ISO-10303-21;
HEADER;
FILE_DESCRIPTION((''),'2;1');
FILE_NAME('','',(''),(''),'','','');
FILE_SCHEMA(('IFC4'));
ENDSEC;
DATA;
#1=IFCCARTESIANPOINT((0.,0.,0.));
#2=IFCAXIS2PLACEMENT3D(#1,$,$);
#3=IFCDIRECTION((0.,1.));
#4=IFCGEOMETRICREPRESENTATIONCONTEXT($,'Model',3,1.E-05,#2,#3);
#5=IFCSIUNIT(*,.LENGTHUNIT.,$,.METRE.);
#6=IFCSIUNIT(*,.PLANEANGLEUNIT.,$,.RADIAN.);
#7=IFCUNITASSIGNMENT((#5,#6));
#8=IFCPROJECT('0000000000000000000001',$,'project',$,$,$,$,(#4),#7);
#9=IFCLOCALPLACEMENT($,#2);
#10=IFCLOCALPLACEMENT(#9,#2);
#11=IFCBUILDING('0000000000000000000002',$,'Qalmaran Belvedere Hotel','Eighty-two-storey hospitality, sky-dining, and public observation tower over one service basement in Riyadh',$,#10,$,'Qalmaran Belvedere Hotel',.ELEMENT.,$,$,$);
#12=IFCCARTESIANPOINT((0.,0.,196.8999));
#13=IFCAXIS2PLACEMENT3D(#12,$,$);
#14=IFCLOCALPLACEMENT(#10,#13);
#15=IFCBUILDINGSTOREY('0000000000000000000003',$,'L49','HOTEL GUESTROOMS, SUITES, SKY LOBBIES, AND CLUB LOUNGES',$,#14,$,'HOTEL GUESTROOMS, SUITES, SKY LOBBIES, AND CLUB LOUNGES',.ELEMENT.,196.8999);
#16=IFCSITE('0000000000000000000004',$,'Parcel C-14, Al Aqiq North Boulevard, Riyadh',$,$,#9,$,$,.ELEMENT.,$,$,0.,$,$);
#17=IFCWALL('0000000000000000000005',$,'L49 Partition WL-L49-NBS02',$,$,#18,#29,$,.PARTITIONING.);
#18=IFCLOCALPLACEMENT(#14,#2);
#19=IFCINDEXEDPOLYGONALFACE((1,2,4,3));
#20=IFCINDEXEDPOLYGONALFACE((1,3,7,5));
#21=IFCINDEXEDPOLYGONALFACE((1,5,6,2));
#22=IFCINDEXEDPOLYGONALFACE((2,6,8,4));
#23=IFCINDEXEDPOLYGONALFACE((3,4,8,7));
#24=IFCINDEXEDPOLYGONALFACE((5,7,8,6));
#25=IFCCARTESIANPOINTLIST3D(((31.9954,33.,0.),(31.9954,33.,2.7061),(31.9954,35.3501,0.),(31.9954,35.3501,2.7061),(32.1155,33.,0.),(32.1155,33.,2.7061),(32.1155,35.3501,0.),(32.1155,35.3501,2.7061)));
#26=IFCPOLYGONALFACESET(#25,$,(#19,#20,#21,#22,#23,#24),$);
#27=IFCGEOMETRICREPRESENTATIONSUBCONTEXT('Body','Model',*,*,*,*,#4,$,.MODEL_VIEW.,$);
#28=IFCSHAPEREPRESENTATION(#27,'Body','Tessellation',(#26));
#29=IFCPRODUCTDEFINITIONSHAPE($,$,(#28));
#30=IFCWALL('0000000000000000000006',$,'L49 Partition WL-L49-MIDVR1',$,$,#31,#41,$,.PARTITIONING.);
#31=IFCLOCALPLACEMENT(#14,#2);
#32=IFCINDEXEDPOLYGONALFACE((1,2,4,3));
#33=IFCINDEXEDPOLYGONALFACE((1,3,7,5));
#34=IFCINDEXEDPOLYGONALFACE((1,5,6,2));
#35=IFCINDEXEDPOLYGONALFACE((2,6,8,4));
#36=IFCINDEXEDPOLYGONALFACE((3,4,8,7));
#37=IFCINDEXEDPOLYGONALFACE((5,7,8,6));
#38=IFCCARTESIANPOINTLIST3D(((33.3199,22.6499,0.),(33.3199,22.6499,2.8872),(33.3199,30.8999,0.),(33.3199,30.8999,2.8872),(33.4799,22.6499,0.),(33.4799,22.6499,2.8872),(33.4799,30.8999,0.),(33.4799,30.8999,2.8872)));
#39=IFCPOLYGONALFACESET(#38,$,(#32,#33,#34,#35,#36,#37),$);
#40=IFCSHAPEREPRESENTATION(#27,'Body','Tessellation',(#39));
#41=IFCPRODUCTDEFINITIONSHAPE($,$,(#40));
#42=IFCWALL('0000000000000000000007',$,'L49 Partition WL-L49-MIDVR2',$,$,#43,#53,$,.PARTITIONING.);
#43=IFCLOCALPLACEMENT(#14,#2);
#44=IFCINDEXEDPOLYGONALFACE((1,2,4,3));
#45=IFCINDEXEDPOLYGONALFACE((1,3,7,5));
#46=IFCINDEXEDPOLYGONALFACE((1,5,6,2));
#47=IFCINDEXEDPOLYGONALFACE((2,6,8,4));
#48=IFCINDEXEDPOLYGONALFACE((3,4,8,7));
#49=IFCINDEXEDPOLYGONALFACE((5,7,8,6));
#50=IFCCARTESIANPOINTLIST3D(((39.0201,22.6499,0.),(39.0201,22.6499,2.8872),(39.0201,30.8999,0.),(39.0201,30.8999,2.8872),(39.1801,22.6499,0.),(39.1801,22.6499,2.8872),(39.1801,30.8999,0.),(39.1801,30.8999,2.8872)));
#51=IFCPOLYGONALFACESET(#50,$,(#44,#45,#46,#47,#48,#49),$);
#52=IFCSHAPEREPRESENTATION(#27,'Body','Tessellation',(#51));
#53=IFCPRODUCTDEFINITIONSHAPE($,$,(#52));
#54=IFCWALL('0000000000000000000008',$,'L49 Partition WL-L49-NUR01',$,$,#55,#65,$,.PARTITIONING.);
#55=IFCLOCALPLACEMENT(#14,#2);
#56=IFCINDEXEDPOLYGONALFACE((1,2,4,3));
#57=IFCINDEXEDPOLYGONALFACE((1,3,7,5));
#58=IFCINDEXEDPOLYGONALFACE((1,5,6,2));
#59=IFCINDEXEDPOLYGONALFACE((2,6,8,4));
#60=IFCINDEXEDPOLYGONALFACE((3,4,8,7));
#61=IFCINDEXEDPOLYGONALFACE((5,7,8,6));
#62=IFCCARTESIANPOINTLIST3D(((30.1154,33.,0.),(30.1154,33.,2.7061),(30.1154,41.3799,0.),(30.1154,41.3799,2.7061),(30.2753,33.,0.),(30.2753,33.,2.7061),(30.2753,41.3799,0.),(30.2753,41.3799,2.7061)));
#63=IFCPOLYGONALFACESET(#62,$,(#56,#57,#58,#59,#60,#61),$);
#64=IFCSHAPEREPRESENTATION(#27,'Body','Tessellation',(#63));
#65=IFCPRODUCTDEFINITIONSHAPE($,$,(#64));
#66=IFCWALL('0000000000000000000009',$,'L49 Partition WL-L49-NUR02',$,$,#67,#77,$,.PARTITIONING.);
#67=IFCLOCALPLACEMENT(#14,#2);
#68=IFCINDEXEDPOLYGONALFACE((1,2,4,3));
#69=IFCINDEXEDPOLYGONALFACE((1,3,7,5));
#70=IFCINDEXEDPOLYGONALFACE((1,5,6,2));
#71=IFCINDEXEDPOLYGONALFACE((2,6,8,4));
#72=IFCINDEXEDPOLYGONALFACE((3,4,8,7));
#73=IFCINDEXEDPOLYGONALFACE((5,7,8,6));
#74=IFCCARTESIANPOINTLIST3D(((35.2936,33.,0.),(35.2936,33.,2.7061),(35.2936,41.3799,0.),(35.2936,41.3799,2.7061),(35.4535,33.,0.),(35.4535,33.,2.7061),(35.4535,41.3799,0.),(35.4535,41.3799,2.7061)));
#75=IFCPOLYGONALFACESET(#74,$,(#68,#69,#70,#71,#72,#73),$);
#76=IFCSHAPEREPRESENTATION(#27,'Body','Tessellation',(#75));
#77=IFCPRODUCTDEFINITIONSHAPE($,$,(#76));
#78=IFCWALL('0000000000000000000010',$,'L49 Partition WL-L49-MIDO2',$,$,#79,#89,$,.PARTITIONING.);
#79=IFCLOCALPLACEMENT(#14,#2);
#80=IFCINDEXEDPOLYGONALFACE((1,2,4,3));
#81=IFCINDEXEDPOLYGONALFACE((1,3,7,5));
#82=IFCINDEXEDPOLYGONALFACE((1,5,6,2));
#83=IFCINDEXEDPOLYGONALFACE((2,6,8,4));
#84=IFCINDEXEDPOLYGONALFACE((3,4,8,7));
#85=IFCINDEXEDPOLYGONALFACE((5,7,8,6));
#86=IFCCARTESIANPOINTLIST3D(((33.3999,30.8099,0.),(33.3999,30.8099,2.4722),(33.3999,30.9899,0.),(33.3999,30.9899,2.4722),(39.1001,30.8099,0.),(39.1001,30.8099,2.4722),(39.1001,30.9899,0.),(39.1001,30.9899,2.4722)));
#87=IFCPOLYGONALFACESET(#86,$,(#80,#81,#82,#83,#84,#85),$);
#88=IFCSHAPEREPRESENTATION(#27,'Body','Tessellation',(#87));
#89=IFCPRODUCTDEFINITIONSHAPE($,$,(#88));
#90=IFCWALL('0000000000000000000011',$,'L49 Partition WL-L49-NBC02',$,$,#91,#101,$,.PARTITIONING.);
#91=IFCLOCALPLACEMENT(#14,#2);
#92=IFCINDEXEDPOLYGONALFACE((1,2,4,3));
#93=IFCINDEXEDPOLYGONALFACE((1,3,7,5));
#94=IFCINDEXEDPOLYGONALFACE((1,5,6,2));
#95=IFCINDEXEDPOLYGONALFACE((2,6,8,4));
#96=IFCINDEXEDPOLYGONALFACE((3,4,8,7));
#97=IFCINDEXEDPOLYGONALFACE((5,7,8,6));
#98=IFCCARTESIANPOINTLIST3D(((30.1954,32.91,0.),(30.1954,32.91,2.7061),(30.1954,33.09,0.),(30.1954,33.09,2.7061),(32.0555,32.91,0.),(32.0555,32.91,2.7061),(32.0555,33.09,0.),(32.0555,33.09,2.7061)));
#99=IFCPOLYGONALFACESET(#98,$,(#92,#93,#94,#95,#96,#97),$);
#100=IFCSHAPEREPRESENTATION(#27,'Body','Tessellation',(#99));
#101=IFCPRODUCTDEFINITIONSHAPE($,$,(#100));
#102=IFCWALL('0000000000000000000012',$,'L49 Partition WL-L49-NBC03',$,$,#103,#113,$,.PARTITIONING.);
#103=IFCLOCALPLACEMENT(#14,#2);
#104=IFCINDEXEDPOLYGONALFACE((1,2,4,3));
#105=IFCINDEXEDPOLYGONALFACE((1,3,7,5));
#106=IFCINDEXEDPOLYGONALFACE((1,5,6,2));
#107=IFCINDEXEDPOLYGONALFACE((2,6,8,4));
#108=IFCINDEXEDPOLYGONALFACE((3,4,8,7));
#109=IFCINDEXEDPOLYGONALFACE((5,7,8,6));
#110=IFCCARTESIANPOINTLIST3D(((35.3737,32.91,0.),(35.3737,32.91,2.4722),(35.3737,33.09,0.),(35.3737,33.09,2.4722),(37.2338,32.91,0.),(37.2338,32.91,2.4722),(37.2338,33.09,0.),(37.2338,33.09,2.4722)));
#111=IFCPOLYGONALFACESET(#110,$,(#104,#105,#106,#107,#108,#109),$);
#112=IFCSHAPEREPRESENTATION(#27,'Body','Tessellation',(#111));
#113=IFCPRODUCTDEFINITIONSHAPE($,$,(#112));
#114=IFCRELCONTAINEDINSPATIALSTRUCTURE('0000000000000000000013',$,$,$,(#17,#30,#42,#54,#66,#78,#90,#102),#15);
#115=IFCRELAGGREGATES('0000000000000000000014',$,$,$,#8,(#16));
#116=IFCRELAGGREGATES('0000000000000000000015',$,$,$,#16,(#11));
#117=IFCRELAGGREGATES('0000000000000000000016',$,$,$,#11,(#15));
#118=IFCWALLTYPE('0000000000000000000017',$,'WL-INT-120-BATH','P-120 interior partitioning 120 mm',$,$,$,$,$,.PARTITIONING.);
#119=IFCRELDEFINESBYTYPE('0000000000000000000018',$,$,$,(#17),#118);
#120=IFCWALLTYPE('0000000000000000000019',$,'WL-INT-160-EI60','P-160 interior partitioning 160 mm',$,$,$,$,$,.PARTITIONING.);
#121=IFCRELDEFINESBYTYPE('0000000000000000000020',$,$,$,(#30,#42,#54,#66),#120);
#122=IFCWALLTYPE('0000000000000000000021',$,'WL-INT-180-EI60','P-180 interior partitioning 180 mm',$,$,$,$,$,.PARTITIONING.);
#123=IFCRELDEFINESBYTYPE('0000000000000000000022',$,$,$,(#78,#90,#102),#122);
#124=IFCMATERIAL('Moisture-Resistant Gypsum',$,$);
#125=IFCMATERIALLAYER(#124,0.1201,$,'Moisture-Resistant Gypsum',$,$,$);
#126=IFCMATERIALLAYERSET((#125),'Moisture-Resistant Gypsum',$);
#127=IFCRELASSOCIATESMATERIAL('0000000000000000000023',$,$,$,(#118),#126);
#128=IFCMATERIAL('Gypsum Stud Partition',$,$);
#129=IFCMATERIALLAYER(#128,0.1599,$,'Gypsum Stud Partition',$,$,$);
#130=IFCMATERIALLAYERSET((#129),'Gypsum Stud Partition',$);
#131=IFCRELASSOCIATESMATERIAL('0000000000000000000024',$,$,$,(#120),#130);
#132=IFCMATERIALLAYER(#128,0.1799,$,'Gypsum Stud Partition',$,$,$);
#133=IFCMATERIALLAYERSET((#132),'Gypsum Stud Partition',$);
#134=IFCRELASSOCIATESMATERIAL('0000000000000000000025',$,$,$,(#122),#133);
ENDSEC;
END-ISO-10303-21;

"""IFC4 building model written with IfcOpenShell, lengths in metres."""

from ifc_helpers import new_model, si_unit, direction, frame, frame_2d, origin, place, context, subcontext, project, spatial, rectangle, extrude, material, layer, layer_set, type_object, element, save


model = new_model("IFC4")

# Units and contexts
model_context = context("Model", 3, precision=1e-05, world=origin(), true_north=direction((0.0, 1.0)))
body_context = subcontext(model_context, "Body", "Model", "MODEL_VIEW")
ifc_project = project(units=[si_unit("LENGTHUNIT", "METRE"), si_unit("PLANEANGLEUNIT", "RADIAN")], contexts=[model_context])

# Site, building, storey
site_placement = place(None, origin())
site = spatial("IfcSite", under=ifc_project, at=site_placement, Name="Parcel C-14, Al Aqiq North Boulevard, Riyadh", CompositionType="ELEMENT", RefElevation=0.0)
building_placement = place(site_placement, origin())
building = spatial("IfcBuilding", under=site, at=building_placement, Name="Qalmaran Belvedere Hotel", Description="Eighty-two-storey hospitality, sky-dining, and public observation tower over one service basement in Riyadh", LongName="Qalmaran Belvedere Hotel", CompositionType="ELEMENT")
storey_placement = place(building_placement, frame((0.0, 0.0, 196.8999)))
storey = spatial("IfcBuildingStorey", under=building, at=storey_placement, Name="L49", Description="HOTEL GUESTROOMS, SUITES, SKY LOBBIES, AND CLUB LOUNGES", LongName="HOTEL GUESTROOMS, SUITES, SKY LOBBIES, AND CLUB LOUNGES", CompositionType="ELEMENT", Elevation=196.8999)

# Walls
ifc_material_1 = material(Name="Moisture-Resistant Gypsum")
ifc_layer_1 = layer(ifc_material_1, 0.1201, Name="Moisture-Resistant Gypsum")
ifc_layer_set_1 = layer_set([ifc_layer_1], Name="Moisture-Resistant Gypsum")
wall_type_1 = type_object("IfcWallType", Name="WL-INT-120-BATH", Description="P-120 interior partitioning 120 mm", PredefinedType="PARTITIONING", material=ifc_layer_set_1)
wall_1_placement = place(storey_placement, frame((32.0554, 33.0, 0.0), z_axis=(0.0, 0.0, 1.0), x_axis=(0.0, 1.0, 0.0)))
element("IfcWall", 1, at=wall_1_placement, inside=storey, type_object=wall_type_1, Name="L49 Partition WL-L49-NBS02", PredefinedType="PARTITIONING", context=body_context, shape_type="SweptSolid", body=[
    extrude(rectangle(XDim=2.3501, YDim=0.1201, at=frame_2d((1.175, 0.0))), origin(), (0.0, 0.0, 1.0), 2.7061),
])
ifc_material_2 = material(Name="Gypsum Stud Partition")
ifc_layer_2 = layer(ifc_material_2, 0.1599, Name="Gypsum Stud Partition")
ifc_layer_set_2 = layer_set([ifc_layer_2], Name="Gypsum Stud Partition")
wall_type_2 = type_object("IfcWallType", Name="WL-INT-160-EI60", Description="P-160 interior partitioning 160 mm", PredefinedType="PARTITIONING", material=ifc_layer_set_2)
for number, where, z_axis, x_axis, name in (
    (2, (33.3999, 22.6499, 0.0), (0.0, 0.0, 1.0), (0.0, 1.0, 0.0), "L49 Partition WL-L49-MIDVR1"),
    (3, (39.1001, 22.6499, 0.0), (0.0, 0.0, 1.0), (0.0, 1.0, 0.0), "L49 Partition WL-L49-MIDVR2"),
):
    element("IfcWall", number, at=place(storey_placement, frame(where, z_axis=z_axis, x_axis=x_axis)), inside=storey, type_object=wall_type_2, Name=name, PredefinedType="PARTITIONING", context=body_context, shape_type="SweptSolid", body=[
        extrude(rectangle(XDim=8.25, YDim=0.1599, at=frame_2d((4.125, 0.0))), origin(), (0.0, 0.0, 1.0), 2.8872),
    ])
for number, where, z_axis, x_axis, name in (
    (4, (30.1953, 33.0, 0.0), (0.0, 0.0, 1.0), (0.0, 1.0, 0.0), "L49 Partition WL-L49-NUR01"),
    (5, (35.3735, 33.0, 0.0), (0.0, 0.0, 1.0), (0.0, 1.0, 0.0), "L49 Partition WL-L49-NUR02"),
):
    element("IfcWall", number, at=place(storey_placement, frame(where, z_axis=z_axis, x_axis=x_axis)), inside=storey, type_object=wall_type_2, Name=name, PredefinedType="PARTITIONING", context=body_context, shape_type="SweptSolid", body=[
        extrude(rectangle(XDim=8.3799, YDim=0.1599, at=frame_2d((4.1899, 0.0))), origin(), (0.0, 0.0, 1.0), 2.7061),
    ])

# Shared definitions
ifc_layer_3 = layer(ifc_material_2, 0.1799, Name="Gypsum Stud Partition")
ifc_layer_set_3 = layer_set([ifc_layer_3], Name="Gypsum Stud Partition")
wall_type_3 = type_object("IfcWallType", Name="WL-INT-180-EI60", Description="P-180 interior partitioning 180 mm", PredefinedType="PARTITIONING", material=ifc_layer_set_3)

# Walls
wall_2_placement = place(storey_placement, frame((33.3999, 30.8999, 0.0), z_axis=(0.0, 0.0, 1.0), x_axis=(1.0, 0.0, 0.0)))
element("IfcWall", 6, at=wall_2_placement, inside=storey, type_object=wall_type_3, Name="L49 Partition WL-L49-MIDO2", PredefinedType="PARTITIONING", context=body_context, shape_type="SweptSolid", body=[
    extrude(rectangle(XDim=5.7002, YDim=0.1799, at=frame_2d((2.8501, 0.0))), origin(), (0.0, 0.0, 1.0), 2.4722),
])
wall_3_placement = place(storey_placement, frame((30.1953, 33.0, 0.0), z_axis=(0.0, 0.0, 1.0), x_axis=(1.0, 0.0, 0.0)))
element("IfcWall", 7, at=wall_3_placement, inside=storey, type_object=wall_type_3, Name="L49 Partition WL-L49-NBC02", PredefinedType="PARTITIONING", context=body_context, shape_type="SweptSolid", body=[
    extrude(rectangle(XDim=1.8601, YDim=0.1799, at=frame_2d((0.9302, 0.0))), origin(), (0.0, 0.0, 1.0), 2.7061),
])

# Wall
wall_4_placement = place(storey_placement, frame((35.3735, 33.0, 0.0), z_axis=(0.0, 0.0, 1.0), x_axis=(1.0, 0.0, 0.0)))
element("IfcWall", 8, at=wall_4_placement, inside=storey, type_object=wall_type_3, Name="L49 Partition WL-L49-NBC03", PredefinedType="PARTITIONING", context=body_context, shape_type="SweptSolid", body=[
    extrude(rectangle(XDim=1.8601, YDim=0.1799, at=frame_2d((0.9302, 0.0))), origin(), (0.0, 0.0, 1.0), 2.4722),
])

save(model, "model.ifc")
